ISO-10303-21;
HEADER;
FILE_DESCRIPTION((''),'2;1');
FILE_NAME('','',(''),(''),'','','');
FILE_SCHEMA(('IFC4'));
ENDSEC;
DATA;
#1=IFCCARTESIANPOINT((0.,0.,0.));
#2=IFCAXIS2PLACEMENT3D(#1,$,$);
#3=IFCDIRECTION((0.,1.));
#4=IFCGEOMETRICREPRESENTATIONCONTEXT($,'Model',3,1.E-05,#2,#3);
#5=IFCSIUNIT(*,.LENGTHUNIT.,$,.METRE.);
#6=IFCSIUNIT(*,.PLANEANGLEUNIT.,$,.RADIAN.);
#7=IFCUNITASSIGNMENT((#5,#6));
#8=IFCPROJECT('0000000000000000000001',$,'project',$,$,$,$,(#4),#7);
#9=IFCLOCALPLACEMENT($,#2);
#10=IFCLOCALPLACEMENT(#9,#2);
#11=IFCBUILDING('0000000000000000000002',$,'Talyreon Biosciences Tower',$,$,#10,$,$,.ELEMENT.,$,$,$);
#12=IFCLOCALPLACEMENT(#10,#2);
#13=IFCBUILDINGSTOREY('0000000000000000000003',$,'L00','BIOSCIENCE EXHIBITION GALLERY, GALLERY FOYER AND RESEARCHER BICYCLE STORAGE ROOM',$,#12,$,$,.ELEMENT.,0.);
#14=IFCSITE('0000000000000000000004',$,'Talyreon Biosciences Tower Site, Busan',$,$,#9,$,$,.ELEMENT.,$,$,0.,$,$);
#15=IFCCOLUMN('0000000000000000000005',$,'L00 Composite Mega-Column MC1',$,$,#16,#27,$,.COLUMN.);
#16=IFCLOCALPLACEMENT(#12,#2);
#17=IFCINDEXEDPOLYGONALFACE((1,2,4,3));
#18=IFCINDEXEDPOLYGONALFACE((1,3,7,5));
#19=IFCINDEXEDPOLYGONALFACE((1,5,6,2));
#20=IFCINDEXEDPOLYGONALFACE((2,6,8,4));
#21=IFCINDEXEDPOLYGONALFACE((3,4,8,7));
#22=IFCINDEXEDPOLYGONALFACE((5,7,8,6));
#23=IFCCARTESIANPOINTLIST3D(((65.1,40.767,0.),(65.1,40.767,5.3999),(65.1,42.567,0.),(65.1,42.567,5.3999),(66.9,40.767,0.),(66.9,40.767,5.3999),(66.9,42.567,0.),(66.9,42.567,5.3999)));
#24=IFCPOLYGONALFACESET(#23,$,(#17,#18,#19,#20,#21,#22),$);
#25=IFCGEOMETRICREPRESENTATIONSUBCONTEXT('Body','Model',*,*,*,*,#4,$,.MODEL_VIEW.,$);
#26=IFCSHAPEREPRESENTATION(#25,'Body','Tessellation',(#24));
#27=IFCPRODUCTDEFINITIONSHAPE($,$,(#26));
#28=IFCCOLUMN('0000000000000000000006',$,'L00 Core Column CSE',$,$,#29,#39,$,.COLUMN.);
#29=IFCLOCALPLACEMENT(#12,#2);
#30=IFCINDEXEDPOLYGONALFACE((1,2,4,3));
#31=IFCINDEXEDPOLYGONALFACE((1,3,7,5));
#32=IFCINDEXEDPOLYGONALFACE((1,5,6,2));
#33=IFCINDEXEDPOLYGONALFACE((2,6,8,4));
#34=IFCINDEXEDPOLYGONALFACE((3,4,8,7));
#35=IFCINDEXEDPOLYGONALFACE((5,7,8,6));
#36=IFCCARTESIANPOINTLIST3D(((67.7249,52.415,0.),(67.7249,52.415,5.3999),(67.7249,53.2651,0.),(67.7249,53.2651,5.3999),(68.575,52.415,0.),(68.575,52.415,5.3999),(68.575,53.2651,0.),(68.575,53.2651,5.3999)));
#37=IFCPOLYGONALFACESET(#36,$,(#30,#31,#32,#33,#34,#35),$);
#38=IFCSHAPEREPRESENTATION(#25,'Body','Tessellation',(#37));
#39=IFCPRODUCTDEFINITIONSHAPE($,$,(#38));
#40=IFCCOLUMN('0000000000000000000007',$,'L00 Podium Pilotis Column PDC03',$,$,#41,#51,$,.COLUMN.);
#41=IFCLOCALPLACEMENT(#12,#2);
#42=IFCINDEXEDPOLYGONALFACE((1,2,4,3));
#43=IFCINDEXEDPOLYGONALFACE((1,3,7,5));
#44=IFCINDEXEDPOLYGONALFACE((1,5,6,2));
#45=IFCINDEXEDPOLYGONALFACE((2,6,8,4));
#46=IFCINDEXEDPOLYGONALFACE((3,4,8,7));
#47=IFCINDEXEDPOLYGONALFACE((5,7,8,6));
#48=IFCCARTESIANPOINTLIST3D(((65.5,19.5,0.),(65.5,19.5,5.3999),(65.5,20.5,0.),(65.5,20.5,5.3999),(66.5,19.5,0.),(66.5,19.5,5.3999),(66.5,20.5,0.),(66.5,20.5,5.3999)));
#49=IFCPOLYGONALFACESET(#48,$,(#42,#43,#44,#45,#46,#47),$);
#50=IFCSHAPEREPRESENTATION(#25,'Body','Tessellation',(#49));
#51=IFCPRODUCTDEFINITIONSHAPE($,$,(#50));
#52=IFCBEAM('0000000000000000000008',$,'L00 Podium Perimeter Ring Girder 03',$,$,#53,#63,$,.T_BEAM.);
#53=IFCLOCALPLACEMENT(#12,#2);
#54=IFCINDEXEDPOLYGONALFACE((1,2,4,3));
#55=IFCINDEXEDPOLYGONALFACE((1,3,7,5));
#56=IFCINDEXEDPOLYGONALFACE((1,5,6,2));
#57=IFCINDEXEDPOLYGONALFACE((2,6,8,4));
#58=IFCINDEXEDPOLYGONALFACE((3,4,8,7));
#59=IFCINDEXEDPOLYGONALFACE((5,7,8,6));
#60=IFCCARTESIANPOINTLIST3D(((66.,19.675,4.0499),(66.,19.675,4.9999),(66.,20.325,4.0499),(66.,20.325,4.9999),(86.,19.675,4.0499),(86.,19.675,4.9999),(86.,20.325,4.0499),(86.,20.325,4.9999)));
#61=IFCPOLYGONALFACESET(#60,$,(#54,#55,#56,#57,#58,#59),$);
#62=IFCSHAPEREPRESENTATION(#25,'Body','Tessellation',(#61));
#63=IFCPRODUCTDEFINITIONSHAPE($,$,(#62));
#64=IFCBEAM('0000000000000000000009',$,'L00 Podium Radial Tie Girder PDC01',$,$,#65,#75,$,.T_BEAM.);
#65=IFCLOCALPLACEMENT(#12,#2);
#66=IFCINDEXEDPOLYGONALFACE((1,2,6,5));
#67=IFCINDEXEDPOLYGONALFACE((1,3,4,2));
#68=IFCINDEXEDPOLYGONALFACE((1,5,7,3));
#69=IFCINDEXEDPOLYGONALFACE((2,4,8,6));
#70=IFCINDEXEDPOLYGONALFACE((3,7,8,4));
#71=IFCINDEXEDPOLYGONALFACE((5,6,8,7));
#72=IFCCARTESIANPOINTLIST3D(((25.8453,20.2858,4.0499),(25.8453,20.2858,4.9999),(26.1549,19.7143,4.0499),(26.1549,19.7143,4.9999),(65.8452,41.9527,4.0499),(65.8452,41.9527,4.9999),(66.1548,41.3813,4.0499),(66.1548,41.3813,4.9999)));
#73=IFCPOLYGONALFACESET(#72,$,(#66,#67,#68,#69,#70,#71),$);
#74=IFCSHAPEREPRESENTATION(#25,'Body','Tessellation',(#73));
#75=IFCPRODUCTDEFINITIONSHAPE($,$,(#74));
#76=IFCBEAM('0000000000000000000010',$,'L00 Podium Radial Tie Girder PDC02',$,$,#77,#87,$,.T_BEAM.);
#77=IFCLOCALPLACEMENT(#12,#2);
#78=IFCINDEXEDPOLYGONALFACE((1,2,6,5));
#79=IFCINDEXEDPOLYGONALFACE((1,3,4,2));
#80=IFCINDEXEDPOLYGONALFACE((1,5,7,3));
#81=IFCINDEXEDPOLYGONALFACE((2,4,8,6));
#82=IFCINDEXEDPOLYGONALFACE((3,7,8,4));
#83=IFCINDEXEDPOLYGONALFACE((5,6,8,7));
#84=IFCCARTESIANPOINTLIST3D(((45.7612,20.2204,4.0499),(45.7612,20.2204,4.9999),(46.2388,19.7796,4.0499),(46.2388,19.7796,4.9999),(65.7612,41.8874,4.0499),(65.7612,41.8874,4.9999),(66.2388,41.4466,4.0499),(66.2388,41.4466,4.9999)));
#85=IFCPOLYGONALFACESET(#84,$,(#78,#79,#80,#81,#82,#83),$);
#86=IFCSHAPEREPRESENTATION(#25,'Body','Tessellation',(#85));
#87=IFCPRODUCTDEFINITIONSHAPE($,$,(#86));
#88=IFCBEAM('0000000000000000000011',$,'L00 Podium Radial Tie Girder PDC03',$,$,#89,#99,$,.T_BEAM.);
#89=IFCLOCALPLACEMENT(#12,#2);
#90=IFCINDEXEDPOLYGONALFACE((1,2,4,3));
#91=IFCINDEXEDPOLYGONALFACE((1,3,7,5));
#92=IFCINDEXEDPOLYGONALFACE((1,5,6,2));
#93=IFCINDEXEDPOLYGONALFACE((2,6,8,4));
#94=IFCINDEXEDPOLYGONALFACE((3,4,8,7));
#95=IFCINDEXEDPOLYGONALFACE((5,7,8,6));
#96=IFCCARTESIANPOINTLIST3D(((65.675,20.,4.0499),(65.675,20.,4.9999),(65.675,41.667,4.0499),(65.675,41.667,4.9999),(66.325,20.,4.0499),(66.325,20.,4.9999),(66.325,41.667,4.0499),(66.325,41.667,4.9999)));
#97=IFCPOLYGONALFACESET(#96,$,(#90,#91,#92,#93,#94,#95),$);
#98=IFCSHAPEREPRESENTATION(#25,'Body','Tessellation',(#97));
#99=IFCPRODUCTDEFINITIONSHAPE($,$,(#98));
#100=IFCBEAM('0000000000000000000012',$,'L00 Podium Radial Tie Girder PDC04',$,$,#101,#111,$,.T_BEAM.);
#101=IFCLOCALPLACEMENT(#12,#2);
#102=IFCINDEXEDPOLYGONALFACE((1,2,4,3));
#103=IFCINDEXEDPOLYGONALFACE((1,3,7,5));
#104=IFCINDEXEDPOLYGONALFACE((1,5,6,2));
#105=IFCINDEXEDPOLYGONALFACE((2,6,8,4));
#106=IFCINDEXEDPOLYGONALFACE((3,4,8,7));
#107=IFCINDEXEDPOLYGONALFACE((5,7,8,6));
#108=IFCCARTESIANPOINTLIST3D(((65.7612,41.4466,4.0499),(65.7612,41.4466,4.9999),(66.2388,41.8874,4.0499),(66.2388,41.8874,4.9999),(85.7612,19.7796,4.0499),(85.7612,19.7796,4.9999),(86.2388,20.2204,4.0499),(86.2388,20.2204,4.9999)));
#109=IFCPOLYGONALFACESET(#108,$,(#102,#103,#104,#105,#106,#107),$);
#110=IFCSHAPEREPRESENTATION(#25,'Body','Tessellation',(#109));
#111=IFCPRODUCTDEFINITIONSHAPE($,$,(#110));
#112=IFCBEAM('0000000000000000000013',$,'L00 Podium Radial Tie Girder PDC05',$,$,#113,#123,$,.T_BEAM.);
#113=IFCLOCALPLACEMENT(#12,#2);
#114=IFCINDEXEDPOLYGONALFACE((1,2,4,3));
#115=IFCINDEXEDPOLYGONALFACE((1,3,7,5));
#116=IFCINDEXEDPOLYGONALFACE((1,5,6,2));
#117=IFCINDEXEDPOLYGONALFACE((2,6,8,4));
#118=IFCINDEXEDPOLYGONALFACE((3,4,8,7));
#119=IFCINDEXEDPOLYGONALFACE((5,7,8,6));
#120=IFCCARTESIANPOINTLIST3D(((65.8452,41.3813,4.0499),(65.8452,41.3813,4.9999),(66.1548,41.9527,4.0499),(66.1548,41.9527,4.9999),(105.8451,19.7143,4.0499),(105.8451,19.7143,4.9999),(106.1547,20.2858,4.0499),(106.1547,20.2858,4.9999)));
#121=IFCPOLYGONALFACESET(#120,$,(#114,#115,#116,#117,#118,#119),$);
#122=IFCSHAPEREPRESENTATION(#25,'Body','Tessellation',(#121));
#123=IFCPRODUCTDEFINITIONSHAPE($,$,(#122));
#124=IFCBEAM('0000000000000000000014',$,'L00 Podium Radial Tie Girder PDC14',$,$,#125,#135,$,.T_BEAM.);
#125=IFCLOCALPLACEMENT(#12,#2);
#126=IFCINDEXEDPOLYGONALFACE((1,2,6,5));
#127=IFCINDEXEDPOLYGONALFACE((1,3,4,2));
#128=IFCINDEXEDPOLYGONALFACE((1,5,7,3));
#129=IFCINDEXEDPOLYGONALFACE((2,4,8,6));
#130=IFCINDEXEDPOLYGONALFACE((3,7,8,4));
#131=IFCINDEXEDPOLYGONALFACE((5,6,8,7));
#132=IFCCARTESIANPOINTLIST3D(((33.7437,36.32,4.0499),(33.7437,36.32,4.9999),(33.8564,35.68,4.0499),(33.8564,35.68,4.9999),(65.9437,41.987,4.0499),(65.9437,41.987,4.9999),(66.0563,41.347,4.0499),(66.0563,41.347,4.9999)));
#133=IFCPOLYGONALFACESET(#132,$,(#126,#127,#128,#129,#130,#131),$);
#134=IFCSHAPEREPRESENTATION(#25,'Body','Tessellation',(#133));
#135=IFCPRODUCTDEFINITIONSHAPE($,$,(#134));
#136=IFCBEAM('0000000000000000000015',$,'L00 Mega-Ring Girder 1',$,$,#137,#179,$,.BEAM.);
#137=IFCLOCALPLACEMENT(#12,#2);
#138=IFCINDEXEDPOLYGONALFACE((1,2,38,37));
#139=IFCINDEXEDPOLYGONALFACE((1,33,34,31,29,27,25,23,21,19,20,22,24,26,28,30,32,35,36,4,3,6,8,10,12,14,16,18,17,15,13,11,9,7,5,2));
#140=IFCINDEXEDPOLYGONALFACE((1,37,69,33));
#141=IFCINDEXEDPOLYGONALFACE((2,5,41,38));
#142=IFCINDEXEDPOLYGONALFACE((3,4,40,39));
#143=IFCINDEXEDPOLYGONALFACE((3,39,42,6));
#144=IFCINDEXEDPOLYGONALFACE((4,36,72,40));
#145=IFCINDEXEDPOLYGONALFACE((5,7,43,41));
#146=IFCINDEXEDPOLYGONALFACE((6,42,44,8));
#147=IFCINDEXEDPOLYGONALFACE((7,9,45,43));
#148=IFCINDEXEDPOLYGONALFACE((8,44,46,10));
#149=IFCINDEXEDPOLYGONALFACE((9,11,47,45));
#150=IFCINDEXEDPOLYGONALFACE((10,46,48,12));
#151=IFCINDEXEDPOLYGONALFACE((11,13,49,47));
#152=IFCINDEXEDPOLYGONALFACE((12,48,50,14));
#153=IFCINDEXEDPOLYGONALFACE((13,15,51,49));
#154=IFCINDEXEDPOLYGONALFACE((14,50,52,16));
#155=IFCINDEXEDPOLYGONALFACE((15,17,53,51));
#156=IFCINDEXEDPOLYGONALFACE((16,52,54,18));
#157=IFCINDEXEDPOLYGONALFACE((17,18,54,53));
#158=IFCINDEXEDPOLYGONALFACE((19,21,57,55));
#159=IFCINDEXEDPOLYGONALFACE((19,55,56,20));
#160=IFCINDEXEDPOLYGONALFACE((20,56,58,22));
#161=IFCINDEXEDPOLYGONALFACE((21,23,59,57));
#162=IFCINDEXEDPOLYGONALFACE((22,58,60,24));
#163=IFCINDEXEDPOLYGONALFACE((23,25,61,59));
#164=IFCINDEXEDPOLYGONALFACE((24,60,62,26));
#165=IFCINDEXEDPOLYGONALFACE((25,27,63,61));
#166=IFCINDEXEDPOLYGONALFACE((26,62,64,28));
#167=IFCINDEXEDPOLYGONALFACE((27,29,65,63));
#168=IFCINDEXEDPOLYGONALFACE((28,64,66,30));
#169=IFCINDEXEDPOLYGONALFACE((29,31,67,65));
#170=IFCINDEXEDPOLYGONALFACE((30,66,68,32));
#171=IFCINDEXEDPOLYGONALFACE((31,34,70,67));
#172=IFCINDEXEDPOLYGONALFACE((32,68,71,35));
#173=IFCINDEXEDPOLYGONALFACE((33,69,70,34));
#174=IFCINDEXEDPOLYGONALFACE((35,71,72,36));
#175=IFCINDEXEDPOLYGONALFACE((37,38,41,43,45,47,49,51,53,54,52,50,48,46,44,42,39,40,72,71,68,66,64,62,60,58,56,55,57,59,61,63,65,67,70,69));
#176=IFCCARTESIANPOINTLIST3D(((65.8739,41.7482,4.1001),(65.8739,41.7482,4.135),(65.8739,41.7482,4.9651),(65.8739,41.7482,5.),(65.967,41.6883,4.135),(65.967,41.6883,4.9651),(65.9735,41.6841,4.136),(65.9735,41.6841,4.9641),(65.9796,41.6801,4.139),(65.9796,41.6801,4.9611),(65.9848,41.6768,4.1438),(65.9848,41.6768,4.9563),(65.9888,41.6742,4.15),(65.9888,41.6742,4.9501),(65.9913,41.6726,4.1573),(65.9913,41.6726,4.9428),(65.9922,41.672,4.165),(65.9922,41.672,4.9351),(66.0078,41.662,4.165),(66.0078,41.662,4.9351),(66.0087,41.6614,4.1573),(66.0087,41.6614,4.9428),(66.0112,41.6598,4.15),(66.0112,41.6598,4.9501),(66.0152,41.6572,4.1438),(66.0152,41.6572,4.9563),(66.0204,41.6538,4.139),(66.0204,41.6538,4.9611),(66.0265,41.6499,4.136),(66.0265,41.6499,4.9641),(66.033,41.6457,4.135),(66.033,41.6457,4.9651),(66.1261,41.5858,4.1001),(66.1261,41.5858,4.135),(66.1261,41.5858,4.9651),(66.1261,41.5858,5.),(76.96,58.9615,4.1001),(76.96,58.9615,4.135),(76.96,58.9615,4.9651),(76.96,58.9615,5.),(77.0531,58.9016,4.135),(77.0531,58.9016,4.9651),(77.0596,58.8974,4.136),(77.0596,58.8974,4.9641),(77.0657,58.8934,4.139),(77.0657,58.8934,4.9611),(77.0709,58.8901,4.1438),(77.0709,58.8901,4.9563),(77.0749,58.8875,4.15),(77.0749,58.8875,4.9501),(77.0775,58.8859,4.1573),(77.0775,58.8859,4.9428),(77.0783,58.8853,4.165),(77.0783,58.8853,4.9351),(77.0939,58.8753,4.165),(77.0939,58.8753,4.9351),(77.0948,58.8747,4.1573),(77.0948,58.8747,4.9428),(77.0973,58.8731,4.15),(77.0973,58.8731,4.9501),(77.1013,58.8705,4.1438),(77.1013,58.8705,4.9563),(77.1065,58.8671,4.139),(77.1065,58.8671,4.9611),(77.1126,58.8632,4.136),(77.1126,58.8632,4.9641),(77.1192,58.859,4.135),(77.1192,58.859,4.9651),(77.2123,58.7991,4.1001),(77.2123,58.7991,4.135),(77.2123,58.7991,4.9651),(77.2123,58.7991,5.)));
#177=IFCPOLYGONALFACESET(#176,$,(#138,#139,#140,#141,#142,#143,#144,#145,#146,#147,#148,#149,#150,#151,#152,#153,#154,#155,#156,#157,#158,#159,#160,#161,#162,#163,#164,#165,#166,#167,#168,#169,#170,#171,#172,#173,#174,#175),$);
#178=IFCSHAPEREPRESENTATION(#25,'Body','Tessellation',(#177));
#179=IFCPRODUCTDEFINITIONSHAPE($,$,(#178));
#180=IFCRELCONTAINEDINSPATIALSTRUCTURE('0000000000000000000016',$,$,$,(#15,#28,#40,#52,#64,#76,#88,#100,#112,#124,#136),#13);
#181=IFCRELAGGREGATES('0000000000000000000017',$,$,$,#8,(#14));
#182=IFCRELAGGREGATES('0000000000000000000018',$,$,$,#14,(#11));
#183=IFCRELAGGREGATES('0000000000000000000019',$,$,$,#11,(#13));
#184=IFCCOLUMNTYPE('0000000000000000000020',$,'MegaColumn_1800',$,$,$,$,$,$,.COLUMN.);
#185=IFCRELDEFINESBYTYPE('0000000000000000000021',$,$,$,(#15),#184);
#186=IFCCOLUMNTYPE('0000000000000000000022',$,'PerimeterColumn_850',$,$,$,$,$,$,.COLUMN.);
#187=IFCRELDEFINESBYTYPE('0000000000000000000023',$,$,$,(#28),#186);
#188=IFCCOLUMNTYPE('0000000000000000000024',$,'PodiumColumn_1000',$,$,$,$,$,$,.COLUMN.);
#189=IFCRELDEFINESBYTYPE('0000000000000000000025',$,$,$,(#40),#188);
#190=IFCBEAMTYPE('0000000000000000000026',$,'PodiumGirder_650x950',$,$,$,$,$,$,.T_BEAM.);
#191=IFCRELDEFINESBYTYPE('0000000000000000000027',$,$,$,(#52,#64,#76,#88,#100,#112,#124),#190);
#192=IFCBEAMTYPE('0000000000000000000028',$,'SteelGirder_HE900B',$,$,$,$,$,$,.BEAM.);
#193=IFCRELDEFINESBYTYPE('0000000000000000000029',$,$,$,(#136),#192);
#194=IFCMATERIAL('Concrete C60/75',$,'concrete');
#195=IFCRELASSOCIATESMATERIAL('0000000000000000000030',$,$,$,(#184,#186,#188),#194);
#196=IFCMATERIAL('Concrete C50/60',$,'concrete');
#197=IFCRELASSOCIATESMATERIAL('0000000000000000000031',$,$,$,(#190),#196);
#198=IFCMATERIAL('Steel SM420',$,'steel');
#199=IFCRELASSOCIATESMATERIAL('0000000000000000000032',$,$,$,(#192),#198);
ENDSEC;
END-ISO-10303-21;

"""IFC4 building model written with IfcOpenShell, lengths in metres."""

from ifc_helpers import new_model, si_unit, direction, frame, origin, origin_2d, place, context, subcontext, project, spatial, rectangle, i_section, extrude, material, material_profile, profile_set, type_object, element, save


model = new_model("IFC4")

# Units and contexts
model_context = context("Model", 3, precision=1e-05, world=origin(), true_north=direction((0.0, 1.0)))
body_context = subcontext(model_context, "Body", "Model", "MODEL_VIEW")
ifc_project = project(units=[si_unit("LENGTHUNIT", "METRE"), si_unit("PLANEANGLEUNIT", "RADIAN")], contexts=[model_context])

# Site, building, storey
site_placement = place(None, origin())
site = spatial("IfcSite", under=ifc_project, at=site_placement, Name="Talyreon Biosciences Tower Site, Busan", CompositionType="ELEMENT", RefElevation=0.0)
building_placement = place(site_placement, origin())
building = spatial("IfcBuilding", under=site, at=building_placement, Name="Talyreon Biosciences Tower", CompositionType="ELEMENT")
storey_placement = place(building_placement, origin())
storey = spatial("IfcBuildingStorey", under=building, at=storey_placement, Name="L00", Description="BIOSCIENCE EXHIBITION GALLERY, GALLERY FOYER AND RESEARCHER BICYCLE STORAGE ROOM", CompositionType="ELEMENT", Elevation=0.0)

# Columns
ifc_material_1 = material(Name="Concrete C60/75", Category="concrete")
ifc_material_profile_1 = material_profile(ifc_material_1, rectangle(XDim=1.8, YDim=1.8, at=origin_2d()), Name="RC 1800x1800")
ifc_profile_set_1 = profile_set([ifc_material_profile_1], Name="Concrete C60/75")
column_type_1 = type_object("IfcColumnType", Name="MegaColumn_1800", PredefinedType="COLUMN", material=ifc_profile_set_1)
column_1_placement = place(storey_placement, frame((66.0, 41.667, 0.0), z_axis=(0.0, 0.0, 1.0), x_axis=(1.0, 0.0, 0.0)))
element("IfcColumn", 1, at=column_1_placement, inside=storey, type_object=column_type_1, Name="L00 Composite Mega-Column MC1", PredefinedType="COLUMN", context=body_context, shape_type="SweptSolid", body=[
    extrude(rectangle(XDim=1.8, YDim=1.8, at=origin_2d()), origin(), (0.0, 0.0, 1.0), 5.3999),
])
ifc_material_profile_2 = material_profile(ifc_material_1, rectangle(XDim=0.8501, YDim=0.8501, at=origin_2d()), Name="RC 850x850")
ifc_profile_set_2 = profile_set([ifc_material_profile_2], Name="Concrete C60/75")
column_type_2 = type_object("IfcColumnType", Name="PerimeterColumn_850", PredefinedType="COLUMN", material=ifc_profile_set_2)
column_2_placement = place(storey_placement, frame((68.1499, 52.8401, 0.0), z_axis=(0.0, 0.0, 1.0), x_axis=(1.0, 0.0, 0.0)))
element("IfcColumn", 2, at=column_2_placement, inside=storey, type_object=column_type_2, Name="L00 Core Column CSE", PredefinedType="COLUMN", context=body_context, shape_type="SweptSolid", body=[
    extrude(rectangle(XDim=0.8501, YDim=0.8501, at=origin_2d()), origin(), (0.0, 0.0, 1.0), 5.3999),
])
ifc_material_profile_3 = material_profile(ifc_material_1, rectangle(XDim=1.0, YDim=1.0, at=origin_2d()), Name="RC 1000x1000")
ifc_profile_set_3 = profile_set([ifc_material_profile_3], Name="Concrete C60/75")
column_type_3 = type_object("IfcColumnType", Name="PodiumColumn_1000", PredefinedType="COLUMN", material=ifc_profile_set_3)
column_3_placement = place(storey_placement, frame((66.0, 20.0, 0.0), z_axis=(0.0, 0.0, 1.0), x_axis=(1.0, 0.0, 0.0)))
element("IfcColumn", 3, at=column_3_placement, inside=storey, type_object=column_type_3, Name="L00 Podium Pilotis Column PDC03", PredefinedType="COLUMN", context=body_context, shape_type="SweptSolid", body=[
    extrude(rectangle(XDim=1.0, YDim=1.0, at=origin_2d()), origin(), (0.0, 0.0, 1.0), 5.3999),
])

# Beams
ifc_material_2 = material(Name="Concrete C50/60", Category="concrete")
ifc_material_profile_4 = material_profile(ifc_material_2, rectangle(XDim=0.6499, YDim=0.95, at=origin_2d()), Name="RCB 650x950")
ifc_profile_set_4 = profile_set([ifc_material_profile_4], Name="Concrete C50/60")
beam_type_1 = type_object("IfcBeamType", Name="PodiumGirder_650x950", PredefinedType="T_BEAM", material=ifc_profile_set_4)
beam_1_placement = place(storey_placement, frame((66.0, 20.0, 4.5249), z_axis=(1.0, 0.0, 0.0), x_axis=(0.0, 1.0, 0.0)))
element("IfcBeam", 4, at=beam_1_placement, inside=storey, type_object=beam_type_1, Name="L00 Podium Perimeter Ring Girder 03", PredefinedType="T_BEAM", context=body_context, shape_type="SweptSolid", body=[
    extrude(rectangle(XDim=0.6499, YDim=0.95, at=origin_2d()), origin(), (0.0, 0.0, 1.0), 20.0),
])
beam_2_placement = place(storey_placement, frame((66.0, 41.667, 4.5249), z_axis=(-0.879289, -0.476289, 0.0), x_axis=(0.476289, -0.879289, 0.0)))
element("IfcBeam", 5, at=beam_2_placement, inside=storey, type_object=beam_type_1, Name="L00 Podium Radial Tie Girder PDC01", PredefinedType="T_BEAM", context=body_context, shape_type="SweptSolid", body=[
    extrude(rectangle(XDim=0.6499, YDim=0.95, at=origin_2d()), origin(), (0.0, 0.0, 1.0), 45.4912),
])
beam_3_placement = place(storey_placement, frame((66.0, 41.667, 4.5249), z_axis=(-0.678275, -0.734809, 0.0), x_axis=(0.734809, -0.678275, 0.0)))
element("IfcBeam", 6, at=beam_3_placement, inside=storey, type_object=beam_type_1, Name="L00 Podium Radial Tie Girder PDC02", PredefinedType="T_BEAM", context=body_context, shape_type="SweptSolid", body=[
    extrude(rectangle(XDim=0.6499, YDim=0.95, at=origin_2d()), origin(), (0.0, 0.0, 1.0), 29.4866),
])
beam_4_placement = place(storey_placement, frame((66.0, 41.667, 4.5249), z_axis=(0.0, -1.0, 0.0), x_axis=(1.0, 0.0, 0.0)))
element("IfcBeam", 7, at=beam_4_placement, inside=storey, type_object=beam_type_1, Name="L00 Podium Radial Tie Girder PDC03", PredefinedType="T_BEAM", context=body_context, shape_type="SweptSolid", body=[
    extrude(rectangle(XDim=0.6499, YDim=0.95, at=origin_2d()), origin(), (0.0, 0.0, 1.0), 21.667),
])
beam_5_placement = place(storey_placement, frame((66.0, 41.667, 4.5249), z_axis=(0.678275, -0.734809, 0.0), x_axis=(0.734809, 0.678275, 0.0)))
element("IfcBeam", 8, at=beam_5_placement, inside=storey, type_object=beam_type_1, Name="L00 Podium Radial Tie Girder PDC04", PredefinedType="T_BEAM", context=body_context, shape_type="SweptSolid", body=[
    extrude(rectangle(XDim=0.6499, YDim=0.95, at=origin_2d()), origin(), (0.0, 0.0, 1.0), 29.4866),
])
beam_6_placement = place(storey_placement, frame((66.0, 41.667, 4.5249), z_axis=(0.879289, -0.476289, 0.0), x_axis=(0.476289, 0.879289, 0.0)))
element("IfcBeam", 9, at=beam_6_placement, inside=storey, type_object=beam_type_1, Name="L00 Podium Radial Tie Girder PDC05", PredefinedType="T_BEAM", context=body_context, shape_type="SweptSolid", body=[
    extrude(rectangle(XDim=0.6499, YDim=0.95, at=origin_2d()), origin(), (0.0, 0.0, 1.0), 45.4912),
])
beam_7_placement = place(storey_placement, frame((66.0, 41.667, 4.5249), z_axis=(-0.984864, -0.17333, 0.0), x_axis=(0.17333, -0.984864, 0.0)))
element("IfcBeam", 10, at=beam_7_placement, inside=storey, type_object=beam_type_1, Name="L00 Podium Radial Tie Girder PDC14", PredefinedType="T_BEAM", context=body_context, shape_type="SweptSolid", body=[
    extrude(rectangle(XDim=0.6499, YDim=0.95, at=origin_2d()), origin(), (0.0, 0.0, 1.0), 32.6948),
])
ifc_material_3 = material(Name="Steel SM420", Category="steel")
ifc_material_profile_5 = material_profile(ifc_material_3, i_section(OverallWidth=0.3, OverallDepth=0.8999, WebThickness=0.0186, FlangeThickness=0.0349, FilletRadius=0.03, at=origin_2d()), Name="HE900B")
ifc_profile_set_5 = profile_set([ifc_material_profile_5], Name="Steel SM420")
beam_type_2 = type_object("IfcBeamType", Name="SteelGirder_HE900B", PredefinedType="BEAM", material=ifc_profile_set_5)
beam_8_placement = place(storey_placement, frame((66.0, 41.667, 4.55), z_axis=(0.541464, 0.840724, 0.0), x_axis=(-0.840724, 0.541464, 0.0)))
element("IfcBeam", 11, at=beam_8_placement, inside=storey, type_object=beam_type_2, Name="L00 Mega-Ring Girder 1", PredefinedType="BEAM", context=body_context, shape_type="SweptSolid", body=[
    extrude(i_section(OverallWidth=0.3, OverallDepth=0.8999, WebThickness=0.0186, FlangeThickness=0.0349, FilletRadius=0.03, at=origin_2d()), origin(), (0.0, 0.0, 1.0), 20.4744),
])

save(model, "model.ifc")
